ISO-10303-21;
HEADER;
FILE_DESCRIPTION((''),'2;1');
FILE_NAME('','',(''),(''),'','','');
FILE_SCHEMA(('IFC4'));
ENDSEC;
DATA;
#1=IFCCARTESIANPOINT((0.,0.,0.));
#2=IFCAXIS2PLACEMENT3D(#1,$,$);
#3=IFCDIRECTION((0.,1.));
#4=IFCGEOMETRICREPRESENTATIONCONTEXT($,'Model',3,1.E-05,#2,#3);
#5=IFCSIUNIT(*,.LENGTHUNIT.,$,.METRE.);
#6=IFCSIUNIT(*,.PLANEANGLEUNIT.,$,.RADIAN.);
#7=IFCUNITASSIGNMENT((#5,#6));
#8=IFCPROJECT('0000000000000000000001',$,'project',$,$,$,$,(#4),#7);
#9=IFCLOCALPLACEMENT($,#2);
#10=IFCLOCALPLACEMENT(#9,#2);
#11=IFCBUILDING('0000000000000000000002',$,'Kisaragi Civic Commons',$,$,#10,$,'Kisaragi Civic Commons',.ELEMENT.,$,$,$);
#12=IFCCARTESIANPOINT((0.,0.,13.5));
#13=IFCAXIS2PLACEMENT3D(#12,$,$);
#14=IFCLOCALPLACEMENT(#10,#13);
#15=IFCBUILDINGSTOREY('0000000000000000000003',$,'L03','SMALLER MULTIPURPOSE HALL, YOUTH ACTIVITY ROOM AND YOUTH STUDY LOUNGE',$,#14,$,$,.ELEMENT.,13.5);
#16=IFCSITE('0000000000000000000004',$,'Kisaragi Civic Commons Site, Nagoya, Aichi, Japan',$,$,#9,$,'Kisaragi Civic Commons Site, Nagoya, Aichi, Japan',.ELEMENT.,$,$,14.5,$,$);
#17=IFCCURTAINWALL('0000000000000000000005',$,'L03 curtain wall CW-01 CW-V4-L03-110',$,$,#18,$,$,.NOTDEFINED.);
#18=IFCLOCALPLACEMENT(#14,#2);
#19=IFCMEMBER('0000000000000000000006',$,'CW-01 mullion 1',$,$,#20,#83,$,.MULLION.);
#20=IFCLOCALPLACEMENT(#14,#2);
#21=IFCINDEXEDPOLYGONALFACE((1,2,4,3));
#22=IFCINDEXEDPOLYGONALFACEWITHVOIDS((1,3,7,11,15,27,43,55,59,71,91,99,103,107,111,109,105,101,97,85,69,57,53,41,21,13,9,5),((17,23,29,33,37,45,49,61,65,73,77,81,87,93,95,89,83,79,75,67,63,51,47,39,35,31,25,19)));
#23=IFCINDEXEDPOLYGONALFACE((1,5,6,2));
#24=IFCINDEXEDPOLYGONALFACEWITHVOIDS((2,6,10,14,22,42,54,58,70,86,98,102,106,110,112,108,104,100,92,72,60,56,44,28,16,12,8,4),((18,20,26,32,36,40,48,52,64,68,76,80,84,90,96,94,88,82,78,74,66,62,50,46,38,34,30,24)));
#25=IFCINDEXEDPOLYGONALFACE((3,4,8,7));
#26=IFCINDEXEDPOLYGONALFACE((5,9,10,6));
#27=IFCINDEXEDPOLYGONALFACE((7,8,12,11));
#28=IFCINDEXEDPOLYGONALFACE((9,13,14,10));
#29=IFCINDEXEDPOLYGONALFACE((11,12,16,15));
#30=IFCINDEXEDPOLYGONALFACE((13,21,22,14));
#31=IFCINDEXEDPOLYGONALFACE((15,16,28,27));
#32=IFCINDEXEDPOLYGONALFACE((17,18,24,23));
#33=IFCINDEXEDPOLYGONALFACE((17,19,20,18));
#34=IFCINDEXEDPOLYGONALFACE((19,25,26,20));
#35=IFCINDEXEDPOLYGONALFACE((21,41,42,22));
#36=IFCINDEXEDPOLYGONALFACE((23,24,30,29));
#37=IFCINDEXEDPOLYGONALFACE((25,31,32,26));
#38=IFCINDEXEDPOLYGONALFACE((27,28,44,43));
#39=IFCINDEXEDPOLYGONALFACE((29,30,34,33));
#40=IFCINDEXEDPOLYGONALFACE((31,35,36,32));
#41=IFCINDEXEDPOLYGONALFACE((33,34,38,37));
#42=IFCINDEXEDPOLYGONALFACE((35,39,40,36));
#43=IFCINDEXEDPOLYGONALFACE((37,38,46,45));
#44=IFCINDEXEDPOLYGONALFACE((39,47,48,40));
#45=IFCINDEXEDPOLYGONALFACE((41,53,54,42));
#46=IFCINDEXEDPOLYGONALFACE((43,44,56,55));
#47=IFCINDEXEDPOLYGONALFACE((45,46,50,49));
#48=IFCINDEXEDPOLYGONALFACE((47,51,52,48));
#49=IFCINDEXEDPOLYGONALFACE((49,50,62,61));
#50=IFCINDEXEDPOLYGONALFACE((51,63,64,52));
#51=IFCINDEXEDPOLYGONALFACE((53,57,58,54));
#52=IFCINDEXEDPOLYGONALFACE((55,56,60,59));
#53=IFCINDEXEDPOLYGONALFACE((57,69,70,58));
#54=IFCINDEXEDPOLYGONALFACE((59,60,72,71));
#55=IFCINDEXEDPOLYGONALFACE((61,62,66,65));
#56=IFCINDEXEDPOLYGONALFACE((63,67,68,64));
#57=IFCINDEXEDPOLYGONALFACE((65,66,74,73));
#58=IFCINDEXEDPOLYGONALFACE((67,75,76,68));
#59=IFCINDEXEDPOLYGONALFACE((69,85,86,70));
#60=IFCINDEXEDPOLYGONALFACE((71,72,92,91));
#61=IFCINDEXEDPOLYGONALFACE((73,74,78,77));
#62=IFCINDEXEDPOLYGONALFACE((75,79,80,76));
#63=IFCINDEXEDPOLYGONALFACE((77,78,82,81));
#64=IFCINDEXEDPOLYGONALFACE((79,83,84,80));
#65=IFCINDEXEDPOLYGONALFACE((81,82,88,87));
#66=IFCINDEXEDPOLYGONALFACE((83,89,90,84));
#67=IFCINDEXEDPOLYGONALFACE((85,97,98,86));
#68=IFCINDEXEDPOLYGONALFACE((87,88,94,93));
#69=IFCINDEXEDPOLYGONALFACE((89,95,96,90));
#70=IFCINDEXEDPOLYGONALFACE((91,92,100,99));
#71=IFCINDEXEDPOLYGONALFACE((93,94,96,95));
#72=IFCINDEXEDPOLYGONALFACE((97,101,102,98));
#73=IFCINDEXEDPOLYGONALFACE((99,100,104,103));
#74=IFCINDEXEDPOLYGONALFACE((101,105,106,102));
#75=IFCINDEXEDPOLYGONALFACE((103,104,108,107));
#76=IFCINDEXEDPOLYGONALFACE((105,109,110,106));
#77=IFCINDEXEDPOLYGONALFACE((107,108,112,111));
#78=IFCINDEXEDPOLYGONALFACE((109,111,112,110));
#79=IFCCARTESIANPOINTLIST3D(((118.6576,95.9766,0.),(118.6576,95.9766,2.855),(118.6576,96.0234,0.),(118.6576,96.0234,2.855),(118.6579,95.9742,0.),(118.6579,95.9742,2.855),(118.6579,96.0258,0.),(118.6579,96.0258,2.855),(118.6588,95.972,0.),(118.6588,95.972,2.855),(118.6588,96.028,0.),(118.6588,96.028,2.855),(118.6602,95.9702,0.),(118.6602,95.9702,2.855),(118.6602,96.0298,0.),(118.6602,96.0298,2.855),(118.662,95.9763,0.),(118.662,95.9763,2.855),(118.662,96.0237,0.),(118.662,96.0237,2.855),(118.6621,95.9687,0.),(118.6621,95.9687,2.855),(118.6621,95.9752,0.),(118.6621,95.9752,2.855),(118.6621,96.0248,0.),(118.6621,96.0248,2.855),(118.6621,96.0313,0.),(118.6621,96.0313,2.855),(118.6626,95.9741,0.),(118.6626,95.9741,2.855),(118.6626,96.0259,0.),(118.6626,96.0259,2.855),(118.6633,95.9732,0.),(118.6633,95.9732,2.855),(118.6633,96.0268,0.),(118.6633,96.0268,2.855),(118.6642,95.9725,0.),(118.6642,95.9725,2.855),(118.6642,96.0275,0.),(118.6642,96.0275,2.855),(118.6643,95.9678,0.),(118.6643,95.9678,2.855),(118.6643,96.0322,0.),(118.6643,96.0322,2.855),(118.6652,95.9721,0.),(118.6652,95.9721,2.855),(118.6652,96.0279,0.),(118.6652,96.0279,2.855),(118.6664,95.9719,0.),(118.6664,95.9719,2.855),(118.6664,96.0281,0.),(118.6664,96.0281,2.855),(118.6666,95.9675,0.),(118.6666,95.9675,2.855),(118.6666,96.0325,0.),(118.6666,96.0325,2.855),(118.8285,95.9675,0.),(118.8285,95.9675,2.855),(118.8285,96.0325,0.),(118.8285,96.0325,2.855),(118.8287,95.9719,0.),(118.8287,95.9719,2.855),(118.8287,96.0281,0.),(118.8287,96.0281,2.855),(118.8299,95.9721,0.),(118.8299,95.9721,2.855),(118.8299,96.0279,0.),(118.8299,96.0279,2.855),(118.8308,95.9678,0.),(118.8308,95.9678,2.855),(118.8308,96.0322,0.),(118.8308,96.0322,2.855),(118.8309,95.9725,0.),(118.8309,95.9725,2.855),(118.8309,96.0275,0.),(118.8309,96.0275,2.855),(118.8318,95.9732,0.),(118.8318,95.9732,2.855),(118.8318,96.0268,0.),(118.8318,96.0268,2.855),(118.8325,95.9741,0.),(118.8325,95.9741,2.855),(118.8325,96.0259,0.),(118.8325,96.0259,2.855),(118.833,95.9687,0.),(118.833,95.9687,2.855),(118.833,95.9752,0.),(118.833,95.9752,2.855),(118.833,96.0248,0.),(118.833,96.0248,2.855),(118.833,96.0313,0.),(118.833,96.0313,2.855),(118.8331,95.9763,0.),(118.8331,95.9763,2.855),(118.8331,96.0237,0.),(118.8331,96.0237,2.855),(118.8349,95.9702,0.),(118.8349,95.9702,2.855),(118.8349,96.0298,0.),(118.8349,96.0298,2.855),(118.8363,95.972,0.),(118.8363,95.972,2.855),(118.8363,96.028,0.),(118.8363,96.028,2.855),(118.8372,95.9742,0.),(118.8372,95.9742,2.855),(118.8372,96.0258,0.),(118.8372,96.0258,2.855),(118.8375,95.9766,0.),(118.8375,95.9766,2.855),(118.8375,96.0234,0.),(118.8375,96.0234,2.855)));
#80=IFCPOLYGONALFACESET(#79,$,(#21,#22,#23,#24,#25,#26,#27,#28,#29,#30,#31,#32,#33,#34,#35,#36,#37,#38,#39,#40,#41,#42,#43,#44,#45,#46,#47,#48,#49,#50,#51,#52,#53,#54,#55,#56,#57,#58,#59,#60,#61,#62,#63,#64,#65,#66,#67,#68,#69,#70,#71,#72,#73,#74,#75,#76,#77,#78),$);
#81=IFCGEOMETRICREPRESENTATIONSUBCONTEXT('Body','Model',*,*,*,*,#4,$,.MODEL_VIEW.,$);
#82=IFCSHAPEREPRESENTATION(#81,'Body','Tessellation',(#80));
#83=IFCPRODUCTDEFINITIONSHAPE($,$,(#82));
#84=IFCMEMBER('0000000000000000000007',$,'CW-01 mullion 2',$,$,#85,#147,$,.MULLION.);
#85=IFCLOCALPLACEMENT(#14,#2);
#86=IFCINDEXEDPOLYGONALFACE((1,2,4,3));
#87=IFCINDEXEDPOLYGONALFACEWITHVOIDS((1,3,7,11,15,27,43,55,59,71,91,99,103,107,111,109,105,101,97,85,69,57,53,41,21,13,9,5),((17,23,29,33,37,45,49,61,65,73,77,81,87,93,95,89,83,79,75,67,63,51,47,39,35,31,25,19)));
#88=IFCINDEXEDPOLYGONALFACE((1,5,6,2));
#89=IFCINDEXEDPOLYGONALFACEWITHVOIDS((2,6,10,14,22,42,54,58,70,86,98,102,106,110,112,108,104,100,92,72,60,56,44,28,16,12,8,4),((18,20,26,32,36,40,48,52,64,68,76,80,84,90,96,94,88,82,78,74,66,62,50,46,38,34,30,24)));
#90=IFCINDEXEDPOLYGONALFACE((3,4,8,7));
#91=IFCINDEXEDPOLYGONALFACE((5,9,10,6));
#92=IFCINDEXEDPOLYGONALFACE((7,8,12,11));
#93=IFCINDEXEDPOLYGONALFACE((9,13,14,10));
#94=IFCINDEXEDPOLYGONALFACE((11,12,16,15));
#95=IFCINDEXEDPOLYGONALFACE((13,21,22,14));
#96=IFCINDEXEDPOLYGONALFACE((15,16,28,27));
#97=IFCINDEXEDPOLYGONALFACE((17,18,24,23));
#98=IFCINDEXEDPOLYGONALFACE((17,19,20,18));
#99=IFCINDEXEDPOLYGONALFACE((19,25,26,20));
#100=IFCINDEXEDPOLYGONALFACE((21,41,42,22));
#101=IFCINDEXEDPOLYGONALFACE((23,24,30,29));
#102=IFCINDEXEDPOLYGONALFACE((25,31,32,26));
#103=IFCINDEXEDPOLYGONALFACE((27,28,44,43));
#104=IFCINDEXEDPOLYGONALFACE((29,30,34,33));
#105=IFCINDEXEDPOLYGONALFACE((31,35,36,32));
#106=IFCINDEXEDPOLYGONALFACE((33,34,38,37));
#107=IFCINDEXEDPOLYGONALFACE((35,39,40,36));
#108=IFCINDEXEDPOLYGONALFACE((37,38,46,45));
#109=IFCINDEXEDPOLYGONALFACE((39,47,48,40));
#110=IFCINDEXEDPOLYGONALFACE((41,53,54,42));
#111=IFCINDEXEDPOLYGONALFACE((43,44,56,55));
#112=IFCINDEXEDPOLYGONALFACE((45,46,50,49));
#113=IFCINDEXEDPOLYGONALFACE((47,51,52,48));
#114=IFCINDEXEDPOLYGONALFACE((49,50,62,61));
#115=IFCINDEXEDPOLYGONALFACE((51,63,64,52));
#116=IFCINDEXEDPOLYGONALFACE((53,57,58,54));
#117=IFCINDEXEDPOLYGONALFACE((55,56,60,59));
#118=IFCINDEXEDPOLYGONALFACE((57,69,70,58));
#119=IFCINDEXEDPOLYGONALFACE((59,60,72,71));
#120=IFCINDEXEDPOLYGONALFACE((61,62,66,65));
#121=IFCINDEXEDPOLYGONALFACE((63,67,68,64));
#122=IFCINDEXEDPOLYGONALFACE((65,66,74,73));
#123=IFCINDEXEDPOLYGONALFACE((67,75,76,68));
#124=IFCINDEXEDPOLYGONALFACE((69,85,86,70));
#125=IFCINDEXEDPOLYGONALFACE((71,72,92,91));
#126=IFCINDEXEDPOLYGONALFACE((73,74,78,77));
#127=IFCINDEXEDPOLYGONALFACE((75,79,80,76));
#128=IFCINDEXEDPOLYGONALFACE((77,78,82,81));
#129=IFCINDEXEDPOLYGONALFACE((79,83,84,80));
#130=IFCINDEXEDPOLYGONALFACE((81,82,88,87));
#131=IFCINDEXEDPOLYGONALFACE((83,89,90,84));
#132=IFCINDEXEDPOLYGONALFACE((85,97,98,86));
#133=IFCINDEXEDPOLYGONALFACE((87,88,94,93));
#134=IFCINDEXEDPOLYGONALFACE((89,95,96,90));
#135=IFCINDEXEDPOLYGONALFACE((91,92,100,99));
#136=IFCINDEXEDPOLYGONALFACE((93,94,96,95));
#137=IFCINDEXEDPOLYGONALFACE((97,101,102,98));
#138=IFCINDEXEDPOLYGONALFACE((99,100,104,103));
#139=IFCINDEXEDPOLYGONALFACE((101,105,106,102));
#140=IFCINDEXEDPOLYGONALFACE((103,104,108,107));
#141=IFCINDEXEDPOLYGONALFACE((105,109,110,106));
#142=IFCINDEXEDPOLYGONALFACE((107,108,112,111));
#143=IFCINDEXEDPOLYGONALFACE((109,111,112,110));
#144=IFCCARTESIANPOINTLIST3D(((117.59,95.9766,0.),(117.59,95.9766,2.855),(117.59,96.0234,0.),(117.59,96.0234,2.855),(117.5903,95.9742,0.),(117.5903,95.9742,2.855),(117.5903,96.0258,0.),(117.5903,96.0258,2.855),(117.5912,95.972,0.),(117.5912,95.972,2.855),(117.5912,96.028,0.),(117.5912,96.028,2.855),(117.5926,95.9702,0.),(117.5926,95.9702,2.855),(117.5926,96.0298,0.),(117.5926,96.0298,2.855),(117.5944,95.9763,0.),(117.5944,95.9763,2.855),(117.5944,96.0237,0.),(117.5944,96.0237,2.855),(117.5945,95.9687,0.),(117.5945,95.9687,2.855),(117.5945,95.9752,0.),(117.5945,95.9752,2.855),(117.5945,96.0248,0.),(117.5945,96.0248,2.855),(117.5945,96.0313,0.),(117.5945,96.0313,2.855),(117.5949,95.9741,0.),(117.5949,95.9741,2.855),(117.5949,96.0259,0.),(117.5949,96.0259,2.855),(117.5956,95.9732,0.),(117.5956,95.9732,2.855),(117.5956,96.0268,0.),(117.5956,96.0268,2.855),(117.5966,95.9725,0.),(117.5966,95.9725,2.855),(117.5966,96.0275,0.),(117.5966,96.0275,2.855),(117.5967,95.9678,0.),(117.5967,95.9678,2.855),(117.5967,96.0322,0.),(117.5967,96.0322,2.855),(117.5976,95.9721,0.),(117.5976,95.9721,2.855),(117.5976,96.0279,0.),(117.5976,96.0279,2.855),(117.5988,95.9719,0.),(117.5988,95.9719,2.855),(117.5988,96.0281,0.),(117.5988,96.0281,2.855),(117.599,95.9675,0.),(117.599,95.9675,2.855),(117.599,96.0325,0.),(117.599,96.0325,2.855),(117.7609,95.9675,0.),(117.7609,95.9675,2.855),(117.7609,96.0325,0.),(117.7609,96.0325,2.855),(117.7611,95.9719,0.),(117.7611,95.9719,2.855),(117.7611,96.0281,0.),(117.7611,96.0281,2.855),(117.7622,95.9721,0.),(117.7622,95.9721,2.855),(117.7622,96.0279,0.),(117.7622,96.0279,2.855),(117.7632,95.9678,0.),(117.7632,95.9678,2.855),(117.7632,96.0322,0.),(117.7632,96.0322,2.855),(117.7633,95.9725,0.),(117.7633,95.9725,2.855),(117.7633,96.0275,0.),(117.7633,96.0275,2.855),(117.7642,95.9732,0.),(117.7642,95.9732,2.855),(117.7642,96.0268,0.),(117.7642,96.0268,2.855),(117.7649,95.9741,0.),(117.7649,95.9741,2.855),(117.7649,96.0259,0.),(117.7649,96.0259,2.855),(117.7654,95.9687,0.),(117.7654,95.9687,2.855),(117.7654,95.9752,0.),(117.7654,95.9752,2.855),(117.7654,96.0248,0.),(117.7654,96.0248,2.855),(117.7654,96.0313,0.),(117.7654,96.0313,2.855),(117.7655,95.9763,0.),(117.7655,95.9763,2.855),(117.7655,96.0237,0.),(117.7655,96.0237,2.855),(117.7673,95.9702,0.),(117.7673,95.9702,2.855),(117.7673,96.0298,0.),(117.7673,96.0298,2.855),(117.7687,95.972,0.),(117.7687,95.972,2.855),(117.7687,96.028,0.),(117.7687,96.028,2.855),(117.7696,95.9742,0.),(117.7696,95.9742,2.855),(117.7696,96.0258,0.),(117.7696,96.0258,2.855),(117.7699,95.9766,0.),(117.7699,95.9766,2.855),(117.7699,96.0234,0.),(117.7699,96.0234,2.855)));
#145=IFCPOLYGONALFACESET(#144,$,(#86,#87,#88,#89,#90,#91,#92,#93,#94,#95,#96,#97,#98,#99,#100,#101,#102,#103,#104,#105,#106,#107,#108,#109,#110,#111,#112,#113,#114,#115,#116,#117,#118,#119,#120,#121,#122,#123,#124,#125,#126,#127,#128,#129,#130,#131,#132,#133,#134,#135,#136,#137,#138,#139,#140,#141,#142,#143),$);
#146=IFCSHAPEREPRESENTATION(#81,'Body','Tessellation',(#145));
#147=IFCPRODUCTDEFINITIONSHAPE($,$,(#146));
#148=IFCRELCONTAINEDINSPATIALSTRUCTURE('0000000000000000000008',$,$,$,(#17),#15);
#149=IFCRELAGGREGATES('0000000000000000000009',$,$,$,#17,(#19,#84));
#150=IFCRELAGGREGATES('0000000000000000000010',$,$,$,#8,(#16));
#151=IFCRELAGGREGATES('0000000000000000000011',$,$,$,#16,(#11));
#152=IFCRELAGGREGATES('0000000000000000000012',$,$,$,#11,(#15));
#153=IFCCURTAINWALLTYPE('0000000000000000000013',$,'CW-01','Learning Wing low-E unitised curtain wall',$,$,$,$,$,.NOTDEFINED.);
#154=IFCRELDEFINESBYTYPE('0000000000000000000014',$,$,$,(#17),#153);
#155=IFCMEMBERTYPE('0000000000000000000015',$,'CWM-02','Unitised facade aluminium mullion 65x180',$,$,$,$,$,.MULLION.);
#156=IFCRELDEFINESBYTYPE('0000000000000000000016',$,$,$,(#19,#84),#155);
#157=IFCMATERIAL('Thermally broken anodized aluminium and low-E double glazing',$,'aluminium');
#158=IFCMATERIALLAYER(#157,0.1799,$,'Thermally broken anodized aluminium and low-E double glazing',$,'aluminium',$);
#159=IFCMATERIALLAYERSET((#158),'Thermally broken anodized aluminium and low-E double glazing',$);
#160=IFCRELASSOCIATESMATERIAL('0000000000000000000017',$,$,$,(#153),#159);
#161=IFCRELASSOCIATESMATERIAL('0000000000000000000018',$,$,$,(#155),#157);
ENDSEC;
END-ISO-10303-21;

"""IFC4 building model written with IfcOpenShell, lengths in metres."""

from ifc_helpers import new_model, si_unit, direction, frame, origin, origin_2d, place, context, subcontext, project, spatial, hollow_rectangle, extrude, material, layer, layer_set, material_profile, profile_set, type_object, element, aggregate, save


model = new_model("IFC4")

# Units and contexts
model_context = context("Model", 3, precision=1e-05, world=origin(), true_north=direction((0.0, 1.0)))
body_context = subcontext(model_context, "Body", "Model", "MODEL_VIEW")
ifc_project = project(units=[si_unit("LENGTHUNIT", "METRE"), si_unit("PLANEANGLEUNIT", "RADIAN")], contexts=[model_context])

# Site, building, storey
site_placement = place(None, origin())
site = spatial("IfcSite", under=ifc_project, at=site_placement, Name="Kisaragi Civic Commons Site, Nagoya, Aichi, Japan", LongName="Kisaragi Civic Commons Site, Nagoya, Aichi, Japan", CompositionType="ELEMENT", RefElevation=14.5)
building_placement = place(site_placement, origin())
building = spatial("IfcBuilding", under=site, at=building_placement, Name="Kisaragi Civic Commons", LongName="Kisaragi Civic Commons", CompositionType="ELEMENT")
storey_placement = place(building_placement, frame((0.0, 0.0, 13.5)))
storey = spatial("IfcBuildingStorey", under=building, at=storey_placement, Name="L03", Description="SMALLER MULTIPURPOSE HALL, YOUTH ACTIVITY ROOM AND YOUTH STUDY LOUNGE", CompositionType="ELEMENT", Elevation=13.5)

# Curtain wall, members
ifc_material = material(Name="Thermally broken anodized aluminium and low-E double glazing", Category="aluminium")
ifc_layer_1 = layer(ifc_material, 0.1799, Name="Thermally broken anodized aluminium and low-E double glazing", Category="aluminium")
ifc_layer_set_1 = layer_set([ifc_layer_1], Name="Thermally broken anodized aluminium and low-E double glazing")
curtain_wall_type = type_object("IfcCurtainWallType", Name="CW-01", Description="Learning Wing low-E unitised curtain wall", PredefinedType="NOTDEFINED", material=ifc_layer_set_1)
ifc_material_profile_1 = material_profile(ifc_material, hollow_rectangle(XDim=0.0649, YDim=0.1799, WallThickness=0.0044, InnerFilletRadius=0.0044, OuterFilletRadius=0.009, at=origin_2d()), Name="CWM-65x180x4.5", Category="aluminium")
ifc_profile_set_1 = profile_set([ifc_material_profile_1], Name="Thermally broken anodized aluminium and low-E double glazing")
member_type_1 = type_object("IfcMemberType", Name="CWM-02", Description="Unitised facade aluminium mullion 65x180", PredefinedType="MULLION", material=ifc_profile_set_1)
curtain_wall_1_placement = place(storey_placement, origin())
curtain_wall_1 = element("IfcCurtainWall", 1, at=curtain_wall_1_placement, inside=storey, type_object=curtain_wall_type, Name="L03 curtain wall CW-01 CW-V4-L03-110", PredefinedType="NOTDEFINED")
member_1_placement = place(storey_placement, frame((118.7476, 96.0, 0.0), z_axis=(0.0, 0.0, 1.0), x_axis=(0.0, -1.0, 0.0)))
member_1 = element("IfcMember", 2, at=member_1_placement, type_object=member_type_1, Name="CW-01 mullion 1", PredefinedType="MULLION", context=body_context, shape_type="SweptSolid", body=[
    extrude(hollow_rectangle(XDim=0.0649, YDim=0.1799, WallThickness=0.0044, InnerFilletRadius=0.0044, OuterFilletRadius=0.009, at=origin_2d()), origin(), (0.0, 0.0, 1.0), 2.855),
])
member_2_placement = place(storey_placement, frame((117.6799, 96.0, 0.0), z_axis=(0.0, 0.0, 1.0), x_axis=(0.0, -1.0, 0.0)))
member_2 = element("IfcMember", 3, at=member_2_placement, type_object=member_type_1, Name="CW-01 mullion 2", PredefinedType="MULLION", context=body_context, shape_type="SweptSolid", body=[
    extrude(hollow_rectangle(XDim=0.0649, YDim=0.1799, WallThickness=0.0044, InnerFilletRadius=0.0044, OuterFilletRadius=0.009, at=origin_2d()), origin(), (0.0, 0.0, 1.0), 2.855),
])

aggregate(curtain_wall_1, [member_1, member_2])

save(model, "model.ifc")
